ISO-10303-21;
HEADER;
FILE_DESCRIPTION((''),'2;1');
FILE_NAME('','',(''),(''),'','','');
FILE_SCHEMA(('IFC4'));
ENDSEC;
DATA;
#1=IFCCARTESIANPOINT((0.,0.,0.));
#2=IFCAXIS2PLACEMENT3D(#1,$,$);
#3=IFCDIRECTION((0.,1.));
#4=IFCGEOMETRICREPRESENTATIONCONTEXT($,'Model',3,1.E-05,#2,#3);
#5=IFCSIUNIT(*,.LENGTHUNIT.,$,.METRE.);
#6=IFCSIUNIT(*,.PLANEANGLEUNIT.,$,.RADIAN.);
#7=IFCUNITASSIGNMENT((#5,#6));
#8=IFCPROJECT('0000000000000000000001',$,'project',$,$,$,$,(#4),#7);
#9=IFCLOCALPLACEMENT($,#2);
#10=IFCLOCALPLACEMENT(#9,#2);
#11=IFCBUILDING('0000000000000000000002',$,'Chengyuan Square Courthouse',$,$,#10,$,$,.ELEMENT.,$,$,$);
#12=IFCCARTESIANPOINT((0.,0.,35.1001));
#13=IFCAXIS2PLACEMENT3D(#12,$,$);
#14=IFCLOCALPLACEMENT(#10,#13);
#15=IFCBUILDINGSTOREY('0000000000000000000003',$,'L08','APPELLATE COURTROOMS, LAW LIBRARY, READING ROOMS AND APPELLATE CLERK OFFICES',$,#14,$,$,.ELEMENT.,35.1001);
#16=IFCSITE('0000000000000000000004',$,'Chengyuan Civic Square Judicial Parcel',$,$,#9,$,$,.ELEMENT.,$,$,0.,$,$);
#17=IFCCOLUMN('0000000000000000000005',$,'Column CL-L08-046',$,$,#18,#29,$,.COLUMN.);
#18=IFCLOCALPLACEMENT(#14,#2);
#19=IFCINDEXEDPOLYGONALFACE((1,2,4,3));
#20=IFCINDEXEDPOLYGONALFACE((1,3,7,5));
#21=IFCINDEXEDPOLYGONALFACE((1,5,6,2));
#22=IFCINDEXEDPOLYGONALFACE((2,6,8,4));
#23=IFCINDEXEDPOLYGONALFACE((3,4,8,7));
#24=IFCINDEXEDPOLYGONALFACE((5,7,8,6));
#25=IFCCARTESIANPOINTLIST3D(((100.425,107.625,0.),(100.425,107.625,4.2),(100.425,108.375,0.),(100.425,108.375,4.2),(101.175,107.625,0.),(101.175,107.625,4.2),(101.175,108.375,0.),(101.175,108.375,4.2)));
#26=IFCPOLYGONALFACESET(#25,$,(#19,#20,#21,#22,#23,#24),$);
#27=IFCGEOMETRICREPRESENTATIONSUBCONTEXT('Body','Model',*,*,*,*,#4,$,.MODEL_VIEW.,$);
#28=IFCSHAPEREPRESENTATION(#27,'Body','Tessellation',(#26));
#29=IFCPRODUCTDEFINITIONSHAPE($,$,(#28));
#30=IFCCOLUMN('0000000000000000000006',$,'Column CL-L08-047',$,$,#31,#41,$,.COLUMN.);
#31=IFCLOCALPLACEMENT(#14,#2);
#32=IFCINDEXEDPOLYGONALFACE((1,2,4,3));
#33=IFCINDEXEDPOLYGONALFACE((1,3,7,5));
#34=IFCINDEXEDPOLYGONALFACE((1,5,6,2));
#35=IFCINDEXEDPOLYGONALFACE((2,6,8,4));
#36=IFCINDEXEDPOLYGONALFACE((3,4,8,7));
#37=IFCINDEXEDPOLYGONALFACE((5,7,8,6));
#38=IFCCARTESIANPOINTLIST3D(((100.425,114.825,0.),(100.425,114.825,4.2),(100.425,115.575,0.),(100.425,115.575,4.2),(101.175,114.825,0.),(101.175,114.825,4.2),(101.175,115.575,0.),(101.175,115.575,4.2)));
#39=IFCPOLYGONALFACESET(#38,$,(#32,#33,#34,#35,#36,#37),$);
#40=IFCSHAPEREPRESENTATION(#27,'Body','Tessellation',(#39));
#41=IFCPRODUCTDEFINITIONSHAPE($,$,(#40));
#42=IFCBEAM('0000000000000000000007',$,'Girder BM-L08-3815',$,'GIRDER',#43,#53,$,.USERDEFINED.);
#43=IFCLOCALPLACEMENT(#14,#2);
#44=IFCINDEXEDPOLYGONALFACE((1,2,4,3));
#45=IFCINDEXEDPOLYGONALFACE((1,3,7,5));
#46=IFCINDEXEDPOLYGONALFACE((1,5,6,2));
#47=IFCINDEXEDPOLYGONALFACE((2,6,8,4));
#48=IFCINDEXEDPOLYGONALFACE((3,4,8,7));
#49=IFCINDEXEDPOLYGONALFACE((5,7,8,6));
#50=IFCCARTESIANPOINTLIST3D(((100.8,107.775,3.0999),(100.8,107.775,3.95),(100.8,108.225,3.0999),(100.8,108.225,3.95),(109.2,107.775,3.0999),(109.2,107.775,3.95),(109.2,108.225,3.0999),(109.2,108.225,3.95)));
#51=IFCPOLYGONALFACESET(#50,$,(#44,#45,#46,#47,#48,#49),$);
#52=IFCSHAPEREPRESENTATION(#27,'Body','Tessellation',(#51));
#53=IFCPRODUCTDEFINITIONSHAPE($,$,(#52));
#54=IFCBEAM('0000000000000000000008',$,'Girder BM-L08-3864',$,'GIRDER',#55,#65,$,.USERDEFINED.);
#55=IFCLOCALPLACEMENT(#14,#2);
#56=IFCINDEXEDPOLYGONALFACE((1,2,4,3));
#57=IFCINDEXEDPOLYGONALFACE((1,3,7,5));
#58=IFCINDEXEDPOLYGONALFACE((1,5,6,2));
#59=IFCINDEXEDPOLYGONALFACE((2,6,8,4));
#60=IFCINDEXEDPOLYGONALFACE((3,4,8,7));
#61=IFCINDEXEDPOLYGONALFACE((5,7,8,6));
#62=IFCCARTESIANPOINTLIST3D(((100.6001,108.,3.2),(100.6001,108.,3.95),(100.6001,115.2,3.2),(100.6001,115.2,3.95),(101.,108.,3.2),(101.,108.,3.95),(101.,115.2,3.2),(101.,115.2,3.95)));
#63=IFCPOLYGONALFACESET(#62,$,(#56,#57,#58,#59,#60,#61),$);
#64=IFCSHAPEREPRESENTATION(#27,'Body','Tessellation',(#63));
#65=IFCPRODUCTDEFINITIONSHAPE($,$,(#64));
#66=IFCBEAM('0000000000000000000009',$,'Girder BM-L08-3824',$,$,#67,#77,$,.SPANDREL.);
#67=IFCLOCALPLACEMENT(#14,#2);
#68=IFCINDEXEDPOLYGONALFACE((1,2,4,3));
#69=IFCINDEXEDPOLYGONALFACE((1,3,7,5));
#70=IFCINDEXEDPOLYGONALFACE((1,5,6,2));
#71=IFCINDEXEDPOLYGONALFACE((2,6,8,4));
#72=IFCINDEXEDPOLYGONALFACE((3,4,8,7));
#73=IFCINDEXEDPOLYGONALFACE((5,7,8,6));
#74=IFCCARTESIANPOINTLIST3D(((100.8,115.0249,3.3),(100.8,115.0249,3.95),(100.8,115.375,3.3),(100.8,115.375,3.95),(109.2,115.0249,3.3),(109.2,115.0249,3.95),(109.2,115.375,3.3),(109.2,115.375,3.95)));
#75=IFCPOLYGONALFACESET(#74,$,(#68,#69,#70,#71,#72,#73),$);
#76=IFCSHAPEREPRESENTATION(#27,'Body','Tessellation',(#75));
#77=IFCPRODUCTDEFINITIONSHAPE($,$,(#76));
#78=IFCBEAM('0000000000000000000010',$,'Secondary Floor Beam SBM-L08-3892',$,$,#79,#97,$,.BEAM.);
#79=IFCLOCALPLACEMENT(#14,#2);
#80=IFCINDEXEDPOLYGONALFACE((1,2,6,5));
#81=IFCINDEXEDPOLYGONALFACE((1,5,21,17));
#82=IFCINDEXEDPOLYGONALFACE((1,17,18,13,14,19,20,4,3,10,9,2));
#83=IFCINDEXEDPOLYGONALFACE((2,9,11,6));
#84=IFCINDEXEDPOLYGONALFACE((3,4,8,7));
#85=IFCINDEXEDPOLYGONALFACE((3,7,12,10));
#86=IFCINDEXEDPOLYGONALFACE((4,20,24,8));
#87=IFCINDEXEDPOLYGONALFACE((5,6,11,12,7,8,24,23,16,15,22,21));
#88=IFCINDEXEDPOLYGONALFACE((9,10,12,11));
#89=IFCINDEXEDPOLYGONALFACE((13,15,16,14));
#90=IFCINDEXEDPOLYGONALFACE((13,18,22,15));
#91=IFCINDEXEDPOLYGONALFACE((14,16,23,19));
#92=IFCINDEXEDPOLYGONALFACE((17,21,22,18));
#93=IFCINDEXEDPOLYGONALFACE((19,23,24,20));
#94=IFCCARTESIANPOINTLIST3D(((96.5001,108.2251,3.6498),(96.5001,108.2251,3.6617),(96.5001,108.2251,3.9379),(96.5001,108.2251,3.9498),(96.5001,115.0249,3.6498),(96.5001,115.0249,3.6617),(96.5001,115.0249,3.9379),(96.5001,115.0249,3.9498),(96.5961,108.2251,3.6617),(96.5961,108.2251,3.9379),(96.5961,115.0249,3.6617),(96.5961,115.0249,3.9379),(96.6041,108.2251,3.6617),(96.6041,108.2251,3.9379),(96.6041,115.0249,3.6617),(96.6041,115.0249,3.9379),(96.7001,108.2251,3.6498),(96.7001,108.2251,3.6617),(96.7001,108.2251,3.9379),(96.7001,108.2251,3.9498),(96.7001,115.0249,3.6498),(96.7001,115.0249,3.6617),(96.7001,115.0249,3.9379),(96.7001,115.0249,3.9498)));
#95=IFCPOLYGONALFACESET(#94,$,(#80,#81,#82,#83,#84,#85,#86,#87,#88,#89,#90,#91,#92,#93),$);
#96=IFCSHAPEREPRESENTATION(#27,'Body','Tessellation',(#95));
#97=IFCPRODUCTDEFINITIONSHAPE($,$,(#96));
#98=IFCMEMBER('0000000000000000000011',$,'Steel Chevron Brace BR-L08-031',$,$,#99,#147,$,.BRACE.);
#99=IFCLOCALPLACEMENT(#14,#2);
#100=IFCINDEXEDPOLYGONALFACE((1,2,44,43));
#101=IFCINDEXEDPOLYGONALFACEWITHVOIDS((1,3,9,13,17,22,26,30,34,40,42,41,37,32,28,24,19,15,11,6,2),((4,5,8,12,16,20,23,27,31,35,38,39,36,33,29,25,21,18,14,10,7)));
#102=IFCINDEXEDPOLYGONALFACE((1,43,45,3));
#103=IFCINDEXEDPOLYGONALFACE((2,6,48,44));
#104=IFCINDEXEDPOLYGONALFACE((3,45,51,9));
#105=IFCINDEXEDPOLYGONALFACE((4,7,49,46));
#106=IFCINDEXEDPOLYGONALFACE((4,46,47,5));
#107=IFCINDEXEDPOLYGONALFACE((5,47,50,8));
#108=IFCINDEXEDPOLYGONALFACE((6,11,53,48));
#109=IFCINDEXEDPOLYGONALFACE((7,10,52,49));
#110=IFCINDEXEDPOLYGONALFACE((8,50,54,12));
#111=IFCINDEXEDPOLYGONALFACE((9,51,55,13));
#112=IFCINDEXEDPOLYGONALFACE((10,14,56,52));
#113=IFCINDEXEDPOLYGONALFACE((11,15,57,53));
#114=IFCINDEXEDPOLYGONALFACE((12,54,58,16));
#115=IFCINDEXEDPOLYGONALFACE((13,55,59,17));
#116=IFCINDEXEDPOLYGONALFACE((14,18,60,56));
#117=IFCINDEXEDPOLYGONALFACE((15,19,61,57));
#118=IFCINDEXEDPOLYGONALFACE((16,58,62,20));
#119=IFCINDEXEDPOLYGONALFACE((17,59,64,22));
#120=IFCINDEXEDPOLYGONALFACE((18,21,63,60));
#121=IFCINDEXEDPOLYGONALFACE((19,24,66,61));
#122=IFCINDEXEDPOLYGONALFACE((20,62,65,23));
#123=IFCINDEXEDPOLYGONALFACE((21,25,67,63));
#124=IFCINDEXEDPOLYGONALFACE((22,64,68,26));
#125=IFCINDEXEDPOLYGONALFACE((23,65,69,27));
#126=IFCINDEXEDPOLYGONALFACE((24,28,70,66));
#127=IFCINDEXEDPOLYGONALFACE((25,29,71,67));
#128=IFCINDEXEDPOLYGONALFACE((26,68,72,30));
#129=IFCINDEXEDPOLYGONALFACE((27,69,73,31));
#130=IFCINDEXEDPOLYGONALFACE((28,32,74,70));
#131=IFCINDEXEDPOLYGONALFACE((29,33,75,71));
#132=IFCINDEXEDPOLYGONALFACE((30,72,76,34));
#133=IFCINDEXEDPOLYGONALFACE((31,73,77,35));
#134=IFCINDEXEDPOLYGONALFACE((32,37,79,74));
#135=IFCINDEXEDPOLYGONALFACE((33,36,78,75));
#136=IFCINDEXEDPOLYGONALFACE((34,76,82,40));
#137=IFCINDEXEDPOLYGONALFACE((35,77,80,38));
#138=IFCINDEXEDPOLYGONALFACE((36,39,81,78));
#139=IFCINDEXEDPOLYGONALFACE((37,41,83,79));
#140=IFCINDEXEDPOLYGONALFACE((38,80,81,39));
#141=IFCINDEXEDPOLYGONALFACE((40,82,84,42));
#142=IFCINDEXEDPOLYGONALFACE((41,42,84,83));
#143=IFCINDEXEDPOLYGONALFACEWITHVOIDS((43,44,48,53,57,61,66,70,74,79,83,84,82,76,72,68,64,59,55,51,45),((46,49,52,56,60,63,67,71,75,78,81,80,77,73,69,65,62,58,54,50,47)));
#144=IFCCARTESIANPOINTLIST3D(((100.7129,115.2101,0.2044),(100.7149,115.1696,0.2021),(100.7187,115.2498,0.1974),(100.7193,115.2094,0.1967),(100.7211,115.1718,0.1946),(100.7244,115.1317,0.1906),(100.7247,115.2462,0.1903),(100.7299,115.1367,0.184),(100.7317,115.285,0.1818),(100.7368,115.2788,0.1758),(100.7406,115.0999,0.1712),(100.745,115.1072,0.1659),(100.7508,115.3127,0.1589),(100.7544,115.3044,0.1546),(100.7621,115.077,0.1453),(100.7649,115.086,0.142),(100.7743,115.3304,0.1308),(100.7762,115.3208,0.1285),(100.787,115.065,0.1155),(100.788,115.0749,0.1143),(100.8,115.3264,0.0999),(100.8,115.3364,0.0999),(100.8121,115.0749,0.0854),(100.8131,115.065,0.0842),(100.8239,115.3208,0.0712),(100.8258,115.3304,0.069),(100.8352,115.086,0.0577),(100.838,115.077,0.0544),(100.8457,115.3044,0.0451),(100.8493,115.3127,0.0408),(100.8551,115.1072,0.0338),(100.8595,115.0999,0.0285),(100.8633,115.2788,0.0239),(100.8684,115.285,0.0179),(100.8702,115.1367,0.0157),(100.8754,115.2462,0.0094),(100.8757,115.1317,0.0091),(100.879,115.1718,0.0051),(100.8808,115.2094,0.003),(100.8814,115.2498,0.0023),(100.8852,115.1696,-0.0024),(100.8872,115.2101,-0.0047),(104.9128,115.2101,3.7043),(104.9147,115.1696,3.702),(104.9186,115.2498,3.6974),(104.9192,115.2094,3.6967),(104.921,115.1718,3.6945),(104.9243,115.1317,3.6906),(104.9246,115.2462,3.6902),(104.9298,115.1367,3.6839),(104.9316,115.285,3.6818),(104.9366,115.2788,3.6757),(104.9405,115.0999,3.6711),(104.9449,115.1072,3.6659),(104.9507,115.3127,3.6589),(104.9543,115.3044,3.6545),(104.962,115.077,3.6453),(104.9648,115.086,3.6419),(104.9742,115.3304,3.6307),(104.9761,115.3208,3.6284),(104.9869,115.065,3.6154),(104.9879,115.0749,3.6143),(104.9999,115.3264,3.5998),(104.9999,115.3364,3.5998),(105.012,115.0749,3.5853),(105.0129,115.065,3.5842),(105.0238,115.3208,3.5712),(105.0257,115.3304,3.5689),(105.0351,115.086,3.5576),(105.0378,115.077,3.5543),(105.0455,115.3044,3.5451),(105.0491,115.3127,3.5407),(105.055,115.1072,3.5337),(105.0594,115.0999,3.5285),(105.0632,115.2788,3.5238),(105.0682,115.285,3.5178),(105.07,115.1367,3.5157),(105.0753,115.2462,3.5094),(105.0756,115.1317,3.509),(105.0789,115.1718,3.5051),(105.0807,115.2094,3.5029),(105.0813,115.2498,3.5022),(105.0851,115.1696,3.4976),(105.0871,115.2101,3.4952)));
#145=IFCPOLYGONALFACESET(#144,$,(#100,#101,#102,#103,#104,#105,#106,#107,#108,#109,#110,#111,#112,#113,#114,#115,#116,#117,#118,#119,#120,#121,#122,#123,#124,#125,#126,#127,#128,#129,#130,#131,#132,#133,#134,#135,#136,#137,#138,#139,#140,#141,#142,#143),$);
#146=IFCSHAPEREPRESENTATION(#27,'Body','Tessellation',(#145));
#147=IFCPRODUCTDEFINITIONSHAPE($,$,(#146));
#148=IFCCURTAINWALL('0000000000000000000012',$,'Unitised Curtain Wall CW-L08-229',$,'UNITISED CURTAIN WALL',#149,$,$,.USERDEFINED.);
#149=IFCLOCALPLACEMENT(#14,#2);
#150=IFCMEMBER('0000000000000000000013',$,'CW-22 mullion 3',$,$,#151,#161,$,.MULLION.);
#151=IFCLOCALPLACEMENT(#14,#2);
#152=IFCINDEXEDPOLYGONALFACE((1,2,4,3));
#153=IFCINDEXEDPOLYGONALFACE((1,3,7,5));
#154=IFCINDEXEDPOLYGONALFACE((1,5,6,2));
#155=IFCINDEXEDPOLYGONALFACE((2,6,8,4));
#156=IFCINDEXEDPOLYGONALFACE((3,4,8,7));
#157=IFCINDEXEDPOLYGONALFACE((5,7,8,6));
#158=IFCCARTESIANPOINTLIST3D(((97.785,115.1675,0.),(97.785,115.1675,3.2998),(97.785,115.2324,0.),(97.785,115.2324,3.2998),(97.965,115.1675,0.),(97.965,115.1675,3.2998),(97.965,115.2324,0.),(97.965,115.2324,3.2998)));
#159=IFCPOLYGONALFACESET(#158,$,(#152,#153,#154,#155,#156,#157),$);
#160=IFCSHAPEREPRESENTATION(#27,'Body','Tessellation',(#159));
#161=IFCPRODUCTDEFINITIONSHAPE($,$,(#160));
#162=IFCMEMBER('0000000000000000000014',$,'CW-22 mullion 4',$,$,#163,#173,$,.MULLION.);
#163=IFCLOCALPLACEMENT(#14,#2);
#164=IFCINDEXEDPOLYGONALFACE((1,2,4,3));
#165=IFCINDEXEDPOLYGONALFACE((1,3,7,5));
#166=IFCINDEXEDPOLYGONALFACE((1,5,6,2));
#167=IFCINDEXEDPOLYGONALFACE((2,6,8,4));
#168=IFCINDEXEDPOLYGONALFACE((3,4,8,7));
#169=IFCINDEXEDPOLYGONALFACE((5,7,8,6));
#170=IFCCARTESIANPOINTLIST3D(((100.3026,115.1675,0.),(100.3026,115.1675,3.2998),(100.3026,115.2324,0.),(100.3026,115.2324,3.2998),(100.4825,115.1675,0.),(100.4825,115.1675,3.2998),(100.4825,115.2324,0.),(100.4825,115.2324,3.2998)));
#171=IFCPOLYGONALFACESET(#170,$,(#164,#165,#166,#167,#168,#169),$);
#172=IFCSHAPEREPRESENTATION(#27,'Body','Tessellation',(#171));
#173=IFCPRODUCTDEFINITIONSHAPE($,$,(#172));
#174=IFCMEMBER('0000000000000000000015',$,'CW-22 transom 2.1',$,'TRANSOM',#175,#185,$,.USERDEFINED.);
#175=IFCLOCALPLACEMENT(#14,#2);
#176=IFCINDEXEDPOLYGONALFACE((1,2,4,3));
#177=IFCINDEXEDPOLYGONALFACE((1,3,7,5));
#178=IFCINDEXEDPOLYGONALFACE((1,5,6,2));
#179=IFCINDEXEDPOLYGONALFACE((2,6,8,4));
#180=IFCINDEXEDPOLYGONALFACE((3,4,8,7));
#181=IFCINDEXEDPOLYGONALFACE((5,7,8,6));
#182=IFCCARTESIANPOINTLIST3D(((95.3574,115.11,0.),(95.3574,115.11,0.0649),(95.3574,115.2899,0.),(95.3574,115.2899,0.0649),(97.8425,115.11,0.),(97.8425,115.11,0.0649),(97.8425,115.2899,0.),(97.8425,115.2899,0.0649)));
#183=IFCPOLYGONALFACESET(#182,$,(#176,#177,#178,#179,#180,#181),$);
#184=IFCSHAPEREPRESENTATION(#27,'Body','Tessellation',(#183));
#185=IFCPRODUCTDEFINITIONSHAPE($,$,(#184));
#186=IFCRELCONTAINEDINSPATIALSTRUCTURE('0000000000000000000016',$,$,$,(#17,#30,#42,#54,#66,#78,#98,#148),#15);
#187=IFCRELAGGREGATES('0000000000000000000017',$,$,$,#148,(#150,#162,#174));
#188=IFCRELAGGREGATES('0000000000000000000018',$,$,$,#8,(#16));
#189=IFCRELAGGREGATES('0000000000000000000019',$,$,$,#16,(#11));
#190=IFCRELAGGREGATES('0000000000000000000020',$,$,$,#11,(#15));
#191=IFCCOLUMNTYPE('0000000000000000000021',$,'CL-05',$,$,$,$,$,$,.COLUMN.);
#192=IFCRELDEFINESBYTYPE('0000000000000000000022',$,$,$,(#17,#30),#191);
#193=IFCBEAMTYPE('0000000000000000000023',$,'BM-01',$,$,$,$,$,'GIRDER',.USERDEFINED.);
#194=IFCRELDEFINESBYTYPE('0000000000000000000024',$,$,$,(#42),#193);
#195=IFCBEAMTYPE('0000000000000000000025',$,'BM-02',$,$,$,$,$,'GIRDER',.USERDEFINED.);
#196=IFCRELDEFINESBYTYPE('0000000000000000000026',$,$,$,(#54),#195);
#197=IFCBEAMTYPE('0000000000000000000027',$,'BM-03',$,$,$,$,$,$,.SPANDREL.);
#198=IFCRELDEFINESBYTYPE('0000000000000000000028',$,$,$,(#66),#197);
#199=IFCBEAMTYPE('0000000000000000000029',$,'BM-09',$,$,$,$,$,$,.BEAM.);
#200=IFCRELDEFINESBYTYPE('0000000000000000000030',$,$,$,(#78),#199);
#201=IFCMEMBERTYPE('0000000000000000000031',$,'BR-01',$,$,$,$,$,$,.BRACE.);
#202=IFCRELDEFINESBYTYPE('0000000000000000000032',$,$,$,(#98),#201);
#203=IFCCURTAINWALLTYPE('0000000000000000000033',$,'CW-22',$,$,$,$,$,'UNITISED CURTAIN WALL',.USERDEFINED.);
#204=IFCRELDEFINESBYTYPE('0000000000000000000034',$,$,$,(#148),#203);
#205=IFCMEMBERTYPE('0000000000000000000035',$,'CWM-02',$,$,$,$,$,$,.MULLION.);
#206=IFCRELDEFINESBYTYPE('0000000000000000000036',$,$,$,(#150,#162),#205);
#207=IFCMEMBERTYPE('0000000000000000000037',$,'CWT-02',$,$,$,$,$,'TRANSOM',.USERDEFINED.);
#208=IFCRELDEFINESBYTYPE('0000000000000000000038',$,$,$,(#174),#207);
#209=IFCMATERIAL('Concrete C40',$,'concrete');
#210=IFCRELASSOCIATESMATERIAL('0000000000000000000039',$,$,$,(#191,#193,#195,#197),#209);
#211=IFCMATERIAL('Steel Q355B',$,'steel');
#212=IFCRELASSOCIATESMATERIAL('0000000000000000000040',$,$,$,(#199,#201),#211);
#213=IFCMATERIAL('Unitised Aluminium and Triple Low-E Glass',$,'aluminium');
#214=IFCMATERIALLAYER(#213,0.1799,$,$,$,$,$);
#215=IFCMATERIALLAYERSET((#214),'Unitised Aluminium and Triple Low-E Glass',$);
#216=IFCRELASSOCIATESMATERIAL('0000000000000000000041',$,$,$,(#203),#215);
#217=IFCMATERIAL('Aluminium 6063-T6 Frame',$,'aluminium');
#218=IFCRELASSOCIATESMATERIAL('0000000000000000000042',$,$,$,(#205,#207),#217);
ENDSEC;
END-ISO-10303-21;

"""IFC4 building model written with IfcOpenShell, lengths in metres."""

from ifc_helpers import new_model, si_unit, direction, frame, origin, origin_2d, place, context, subcontext, project, spatial, rectangle, hollow_circle, i_section, extrude, material, layer, layer_set, material_profile, profile_set, type_object, element, aggregate, save


model = new_model("IFC4")

# Units and contexts
model_context = context("Model", 3, precision=1e-05, world=origin(), true_north=direction((0.0, 1.0)))
body_context = subcontext(model_context, "Body", "Model", "MODEL_VIEW")
ifc_project = project(units=[si_unit("LENGTHUNIT", "METRE"), si_unit("PLANEANGLEUNIT", "RADIAN")], contexts=[model_context])

# Site, building, storey
site_placement = place(None, origin())
site = spatial("IfcSite", under=ifc_project, at=site_placement, Name="Chengyuan Civic Square Judicial Parcel", CompositionType="ELEMENT", RefElevation=0.0)
building_placement = place(site_placement, origin())
building = spatial("IfcBuilding", under=site, at=building_placement, Name="Chengyuan Square Courthouse", CompositionType="ELEMENT")
storey_placement = place(building_placement, frame((0.0, 0.0, 35.1001)))
storey = spatial("IfcBuildingStorey", under=building, at=storey_placement, Name="L08", Description="APPELLATE COURTROOMS, LAW LIBRARY, READING ROOMS AND APPELLATE CLERK OFFICES", CompositionType="ELEMENT", Elevation=35.1001)

# Columns
ifc_material_1 = material(Name="Concrete C40", Category="concrete")
ifc_material_profile_1 = material_profile(ifc_material_1, rectangle(XDim=0.75, YDim=0.75, at=origin_2d()), Name="RC-COL-750x750")
ifc_profile_set_1 = profile_set([ifc_material_profile_1], Name="Concrete C40")
column_type = type_object("IfcColumnType", Name="CL-05", PredefinedType="COLUMN", material=ifc_profile_set_1)
for number, where, z_axis, x_axis, name in (
    (1, (100.8, 108.0, 0.0), (0.0, 0.0, 1.0), (1.0, 0.0, 0.0), "Column CL-L08-046"),
    (2, (100.8, 115.2, 0.0), (0.0, 0.0, 1.0), (1.0, 0.0, 0.0), "Column CL-L08-047"),
):
    element("IfcColumn", number, at=place(storey_placement, frame(where, z_axis=z_axis, x_axis=x_axis)), inside=storey, type_object=column_type, Name=name, PredefinedType="COLUMN", context=body_context, shape_type="SweptSolid", body=[
        extrude(rectangle(XDim=0.75, YDim=0.75, at=origin_2d()), origin(), (0.0, 0.0, 1.0), 4.2),
    ])

# Beams
ifc_material_profile_2 = material_profile(ifc_material_1, rectangle(XDim=0.45, YDim=0.8501, at=origin_2d()), Name="RC-BM-450x850")
ifc_profile_set_2 = profile_set([ifc_material_profile_2], Name="Concrete C40")
beam_type_1 = type_object("IfcBeamType", Name="BM-01", ElementType="GIRDER", PredefinedType="USERDEFINED", material=ifc_profile_set_2)
beam_1_placement = place(storey_placement, frame((100.8, 108.0, 3.5249), z_axis=(1.0, 0.0, 0.0), x_axis=(0.0, 1.0, 0.0)))
element("IfcBeam", 3, at=beam_1_placement, inside=storey, type_object=beam_type_1, Name="Girder BM-L08-3815", ObjectType="GIRDER", PredefinedType="USERDEFINED", context=body_context, shape_type="SweptSolid", body=[
    extrude(rectangle(XDim=0.45, YDim=0.8501, at=origin_2d()), origin(), (0.0, 0.0, 1.0), 8.3999),
])
ifc_material_profile_3 = material_profile(ifc_material_1, rectangle(XDim=0.3999, YDim=0.75, at=origin_2d()), Name="RC-BM-400x750")
ifc_profile_set_3 = profile_set([ifc_material_profile_3], Name="Concrete C40")
beam_type_2 = type_object("IfcBeamType", Name="BM-02", ElementType="GIRDER", PredefinedType="USERDEFINED", material=ifc_profile_set_3)
beam_2_placement = place(storey_placement, frame((100.8, 108.0, 3.575), z_axis=(0.0, 1.0, 0.0), x_axis=(-1.0, 0.0, 0.0)))
element("IfcBeam", 4, at=beam_2_placement, inside=storey, type_object=beam_type_2, Name="Girder BM-L08-3864", ObjectType="GIRDER", PredefinedType="USERDEFINED", context=body_context, shape_type="SweptSolid", body=[
    extrude(rectangle(XDim=0.3999, YDim=0.75, at=origin_2d()), origin(), (0.0, 0.0, 1.0), 7.2),
])
ifc_material_profile_4 = material_profile(ifc_material_1, rectangle(XDim=0.3501, YDim=0.6499, at=origin_2d()), Name="RC-BM-350x650")
ifc_profile_set_4 = profile_set([ifc_material_profile_4], Name="Concrete C40")
beam_type_3 = type_object("IfcBeamType", Name="BM-03", PredefinedType="SPANDREL", material=ifc_profile_set_4)
beam_3_placement = place(storey_placement, frame((100.8, 115.2, 3.625), z_axis=(1.0, 0.0, 0.0), x_axis=(0.0, 1.0, 0.0)))
element("IfcBeam", 5, at=beam_3_placement, inside=storey, type_object=beam_type_3, Name="Girder BM-L08-3824", PredefinedType="SPANDREL", context=body_context, shape_type="SweptSolid", body=[
    extrude(rectangle(XDim=0.3501, YDim=0.6499, at=origin_2d()), origin(), (0.0, 0.0, 1.0), 8.3999),
])
ifc_material_2 = material(Name="Steel Q355B", Category="steel")
ifc_material_profile_5 = material_profile(ifc_material_2, i_section(OverallWidth=0.2, OverallDepth=0.3, WebThickness=0.0081, FlangeThickness=0.012, at=origin_2d()), Name="HM 300x200x8x12")
ifc_profile_set_5 = profile_set([ifc_material_profile_5], Name="Steel Q355B")
beam_type_4 = type_object("IfcBeamType", Name="BM-09", PredefinedType="BEAM", material=ifc_profile_set_5)
beam_4_placement = place(storey_placement, frame((96.6001, 108.2251, 3.7998), z_axis=(0.0, 1.0, 0.0), x_axis=(-1.0, 0.0, 0.0)))
element("IfcBeam", 6, at=beam_4_placement, inside=storey, type_object=beam_type_4, Name="Secondary Floor Beam SBM-L08-3892", PredefinedType="BEAM", context=body_context, shape_type="SweptSolid", body=[
    extrude(i_section(OverallWidth=0.2, OverallDepth=0.3, WebThickness=0.0081, FlangeThickness=0.012, at=origin_2d()), origin(), (0.0, 0.0, 1.0), 6.7998),
])

# Member
ifc_material_profile_6 = material_profile(ifc_material_2, hollow_circle(Radius=0.1365, WallThickness=0.01, at=origin_2d()), Name="CHS 273x10")
ifc_profile_set_6 = profile_set([ifc_material_profile_6], Name="Steel Q355B")
member_type_1 = type_object("IfcMemberType", Name="BR-01", PredefinedType="BRACE", material=ifc_profile_set_6)
member_1_placement = place(storey_placement, frame((100.8, 115.2, 0.0999), z_axis=(0.768218, 0.0, 0.640189), x_axis=(0.0, 1.0, 0.0)))
element("IfcMember", 7, at=member_1_placement, inside=storey, type_object=member_type_1, Name="Steel Chevron Brace BR-L08-031", PredefinedType="BRACE", context=body_context, shape_type="SweptSolid", body=[
    extrude(hollow_circle(Radius=0.1365, WallThickness=0.01, at=origin_2d()), origin(), (0.0, 0.0, 1.0), 5.467),
])

# Curtain wall, members
ifc_material_3 = material(Name="Unitised Aluminium and Triple Low-E Glass", Category="aluminium")
ifc_layer_1 = layer(ifc_material_3, 0.1799)
ifc_layer_set_1 = layer_set([ifc_layer_1], Name="Unitised Aluminium and Triple Low-E Glass")
curtain_wall_type = type_object("IfcCurtainWallType", Name="CW-22", ElementType="UNITISED CURTAIN WALL", PredefinedType="USERDEFINED", material=ifc_layer_set_1)
curtain_wall_placement = place(storey_placement, origin())
curtain_wall = element("IfcCurtainWall", 8, at=curtain_wall_placement, inside=storey, type_object=curtain_wall_type, Name="Unitised Curtain Wall CW-L08-229", ObjectType="UNITISED CURTAIN WALL", PredefinedType="USERDEFINED")
ifc_material_4 = material(Name="Aluminium 6063-T6 Frame", Category="aluminium")
ifc_material_profile_7 = material_profile(ifc_material_4, rectangle(XDim=0.0649, YDim=0.1799, at=origin_2d()), Name="CW-MUL-65x180")
ifc_profile_set_7 = profile_set([ifc_material_profile_7], Name="Aluminium 6063-T6 Frame")
member_type_2 = type_object("IfcMemberType", Name="CWM-02", PredefinedType="MULLION", material=ifc_profile_set_7)
member_2_placement = place(storey_placement, frame((97.875, 115.2, 0.0), z_axis=(0.0, 0.0, 1.0), x_axis=(0.0, 1.0, 0.0)))
member_2 = element("IfcMember", 9, at=member_2_placement, type_object=member_type_2, Name="CW-22 mullion 3", PredefinedType="MULLION", context=body_context, shape_type="SweptSolid", body=[
    extrude(rectangle(XDim=0.0649, YDim=0.1799, at=origin_2d()), origin(), (0.0, 0.0, 1.0), 3.2998),
])
member_3_placement = place(storey_placement, frame((100.3926, 115.2, 0.0), z_axis=(0.0, 0.0, 1.0), x_axis=(0.0, 1.0, 0.0)))
member_3 = element("IfcMember", 10, at=member_3_placement, type_object=member_type_2, Name="CW-22 mullion 4", PredefinedType="MULLION", context=body_context, shape_type="SweptSolid", body=[
    extrude(rectangle(XDim=0.0649, YDim=0.1799, at=origin_2d()), origin(), (0.0, 0.0, 1.0), 3.2998),
])
ifc_material_profile_8 = material_profile(ifc_material_4, rectangle(XDim=0.1799, YDim=0.0649, at=origin_2d()), Name="CW-TRN-65x140")
ifc_profile_set_8 = profile_set([ifc_material_profile_8], Name="Aluminium 6063-T6 Frame")
member_type_3 = type_object("IfcMemberType", Name="CWT-02", ElementType="TRANSOM", PredefinedType="USERDEFINED", material=ifc_profile_set_8)
member_4_placement = place(storey_placement, frame((95.3574, 115.2, 0.0325), z_axis=(1.0, 0.0, 0.0), x_axis=(0.0, 1.0, 0.0)))
member_4 = element("IfcMember", 11, at=member_4_placement, type_object=member_type_3, Name="CW-22 transom 2.1", ObjectType="TRANSOM", PredefinedType="USERDEFINED", context=body_context, shape_type="SweptSolid", body=[
    extrude(rectangle(XDim=0.1799, YDim=0.0649, at=origin_2d()), origin(), (0.0, 0.0, 1.0), 2.4851),
])
aggregate(curtain_wall, [member_2, member_3, member_4])

save(model, "model.ifc")
